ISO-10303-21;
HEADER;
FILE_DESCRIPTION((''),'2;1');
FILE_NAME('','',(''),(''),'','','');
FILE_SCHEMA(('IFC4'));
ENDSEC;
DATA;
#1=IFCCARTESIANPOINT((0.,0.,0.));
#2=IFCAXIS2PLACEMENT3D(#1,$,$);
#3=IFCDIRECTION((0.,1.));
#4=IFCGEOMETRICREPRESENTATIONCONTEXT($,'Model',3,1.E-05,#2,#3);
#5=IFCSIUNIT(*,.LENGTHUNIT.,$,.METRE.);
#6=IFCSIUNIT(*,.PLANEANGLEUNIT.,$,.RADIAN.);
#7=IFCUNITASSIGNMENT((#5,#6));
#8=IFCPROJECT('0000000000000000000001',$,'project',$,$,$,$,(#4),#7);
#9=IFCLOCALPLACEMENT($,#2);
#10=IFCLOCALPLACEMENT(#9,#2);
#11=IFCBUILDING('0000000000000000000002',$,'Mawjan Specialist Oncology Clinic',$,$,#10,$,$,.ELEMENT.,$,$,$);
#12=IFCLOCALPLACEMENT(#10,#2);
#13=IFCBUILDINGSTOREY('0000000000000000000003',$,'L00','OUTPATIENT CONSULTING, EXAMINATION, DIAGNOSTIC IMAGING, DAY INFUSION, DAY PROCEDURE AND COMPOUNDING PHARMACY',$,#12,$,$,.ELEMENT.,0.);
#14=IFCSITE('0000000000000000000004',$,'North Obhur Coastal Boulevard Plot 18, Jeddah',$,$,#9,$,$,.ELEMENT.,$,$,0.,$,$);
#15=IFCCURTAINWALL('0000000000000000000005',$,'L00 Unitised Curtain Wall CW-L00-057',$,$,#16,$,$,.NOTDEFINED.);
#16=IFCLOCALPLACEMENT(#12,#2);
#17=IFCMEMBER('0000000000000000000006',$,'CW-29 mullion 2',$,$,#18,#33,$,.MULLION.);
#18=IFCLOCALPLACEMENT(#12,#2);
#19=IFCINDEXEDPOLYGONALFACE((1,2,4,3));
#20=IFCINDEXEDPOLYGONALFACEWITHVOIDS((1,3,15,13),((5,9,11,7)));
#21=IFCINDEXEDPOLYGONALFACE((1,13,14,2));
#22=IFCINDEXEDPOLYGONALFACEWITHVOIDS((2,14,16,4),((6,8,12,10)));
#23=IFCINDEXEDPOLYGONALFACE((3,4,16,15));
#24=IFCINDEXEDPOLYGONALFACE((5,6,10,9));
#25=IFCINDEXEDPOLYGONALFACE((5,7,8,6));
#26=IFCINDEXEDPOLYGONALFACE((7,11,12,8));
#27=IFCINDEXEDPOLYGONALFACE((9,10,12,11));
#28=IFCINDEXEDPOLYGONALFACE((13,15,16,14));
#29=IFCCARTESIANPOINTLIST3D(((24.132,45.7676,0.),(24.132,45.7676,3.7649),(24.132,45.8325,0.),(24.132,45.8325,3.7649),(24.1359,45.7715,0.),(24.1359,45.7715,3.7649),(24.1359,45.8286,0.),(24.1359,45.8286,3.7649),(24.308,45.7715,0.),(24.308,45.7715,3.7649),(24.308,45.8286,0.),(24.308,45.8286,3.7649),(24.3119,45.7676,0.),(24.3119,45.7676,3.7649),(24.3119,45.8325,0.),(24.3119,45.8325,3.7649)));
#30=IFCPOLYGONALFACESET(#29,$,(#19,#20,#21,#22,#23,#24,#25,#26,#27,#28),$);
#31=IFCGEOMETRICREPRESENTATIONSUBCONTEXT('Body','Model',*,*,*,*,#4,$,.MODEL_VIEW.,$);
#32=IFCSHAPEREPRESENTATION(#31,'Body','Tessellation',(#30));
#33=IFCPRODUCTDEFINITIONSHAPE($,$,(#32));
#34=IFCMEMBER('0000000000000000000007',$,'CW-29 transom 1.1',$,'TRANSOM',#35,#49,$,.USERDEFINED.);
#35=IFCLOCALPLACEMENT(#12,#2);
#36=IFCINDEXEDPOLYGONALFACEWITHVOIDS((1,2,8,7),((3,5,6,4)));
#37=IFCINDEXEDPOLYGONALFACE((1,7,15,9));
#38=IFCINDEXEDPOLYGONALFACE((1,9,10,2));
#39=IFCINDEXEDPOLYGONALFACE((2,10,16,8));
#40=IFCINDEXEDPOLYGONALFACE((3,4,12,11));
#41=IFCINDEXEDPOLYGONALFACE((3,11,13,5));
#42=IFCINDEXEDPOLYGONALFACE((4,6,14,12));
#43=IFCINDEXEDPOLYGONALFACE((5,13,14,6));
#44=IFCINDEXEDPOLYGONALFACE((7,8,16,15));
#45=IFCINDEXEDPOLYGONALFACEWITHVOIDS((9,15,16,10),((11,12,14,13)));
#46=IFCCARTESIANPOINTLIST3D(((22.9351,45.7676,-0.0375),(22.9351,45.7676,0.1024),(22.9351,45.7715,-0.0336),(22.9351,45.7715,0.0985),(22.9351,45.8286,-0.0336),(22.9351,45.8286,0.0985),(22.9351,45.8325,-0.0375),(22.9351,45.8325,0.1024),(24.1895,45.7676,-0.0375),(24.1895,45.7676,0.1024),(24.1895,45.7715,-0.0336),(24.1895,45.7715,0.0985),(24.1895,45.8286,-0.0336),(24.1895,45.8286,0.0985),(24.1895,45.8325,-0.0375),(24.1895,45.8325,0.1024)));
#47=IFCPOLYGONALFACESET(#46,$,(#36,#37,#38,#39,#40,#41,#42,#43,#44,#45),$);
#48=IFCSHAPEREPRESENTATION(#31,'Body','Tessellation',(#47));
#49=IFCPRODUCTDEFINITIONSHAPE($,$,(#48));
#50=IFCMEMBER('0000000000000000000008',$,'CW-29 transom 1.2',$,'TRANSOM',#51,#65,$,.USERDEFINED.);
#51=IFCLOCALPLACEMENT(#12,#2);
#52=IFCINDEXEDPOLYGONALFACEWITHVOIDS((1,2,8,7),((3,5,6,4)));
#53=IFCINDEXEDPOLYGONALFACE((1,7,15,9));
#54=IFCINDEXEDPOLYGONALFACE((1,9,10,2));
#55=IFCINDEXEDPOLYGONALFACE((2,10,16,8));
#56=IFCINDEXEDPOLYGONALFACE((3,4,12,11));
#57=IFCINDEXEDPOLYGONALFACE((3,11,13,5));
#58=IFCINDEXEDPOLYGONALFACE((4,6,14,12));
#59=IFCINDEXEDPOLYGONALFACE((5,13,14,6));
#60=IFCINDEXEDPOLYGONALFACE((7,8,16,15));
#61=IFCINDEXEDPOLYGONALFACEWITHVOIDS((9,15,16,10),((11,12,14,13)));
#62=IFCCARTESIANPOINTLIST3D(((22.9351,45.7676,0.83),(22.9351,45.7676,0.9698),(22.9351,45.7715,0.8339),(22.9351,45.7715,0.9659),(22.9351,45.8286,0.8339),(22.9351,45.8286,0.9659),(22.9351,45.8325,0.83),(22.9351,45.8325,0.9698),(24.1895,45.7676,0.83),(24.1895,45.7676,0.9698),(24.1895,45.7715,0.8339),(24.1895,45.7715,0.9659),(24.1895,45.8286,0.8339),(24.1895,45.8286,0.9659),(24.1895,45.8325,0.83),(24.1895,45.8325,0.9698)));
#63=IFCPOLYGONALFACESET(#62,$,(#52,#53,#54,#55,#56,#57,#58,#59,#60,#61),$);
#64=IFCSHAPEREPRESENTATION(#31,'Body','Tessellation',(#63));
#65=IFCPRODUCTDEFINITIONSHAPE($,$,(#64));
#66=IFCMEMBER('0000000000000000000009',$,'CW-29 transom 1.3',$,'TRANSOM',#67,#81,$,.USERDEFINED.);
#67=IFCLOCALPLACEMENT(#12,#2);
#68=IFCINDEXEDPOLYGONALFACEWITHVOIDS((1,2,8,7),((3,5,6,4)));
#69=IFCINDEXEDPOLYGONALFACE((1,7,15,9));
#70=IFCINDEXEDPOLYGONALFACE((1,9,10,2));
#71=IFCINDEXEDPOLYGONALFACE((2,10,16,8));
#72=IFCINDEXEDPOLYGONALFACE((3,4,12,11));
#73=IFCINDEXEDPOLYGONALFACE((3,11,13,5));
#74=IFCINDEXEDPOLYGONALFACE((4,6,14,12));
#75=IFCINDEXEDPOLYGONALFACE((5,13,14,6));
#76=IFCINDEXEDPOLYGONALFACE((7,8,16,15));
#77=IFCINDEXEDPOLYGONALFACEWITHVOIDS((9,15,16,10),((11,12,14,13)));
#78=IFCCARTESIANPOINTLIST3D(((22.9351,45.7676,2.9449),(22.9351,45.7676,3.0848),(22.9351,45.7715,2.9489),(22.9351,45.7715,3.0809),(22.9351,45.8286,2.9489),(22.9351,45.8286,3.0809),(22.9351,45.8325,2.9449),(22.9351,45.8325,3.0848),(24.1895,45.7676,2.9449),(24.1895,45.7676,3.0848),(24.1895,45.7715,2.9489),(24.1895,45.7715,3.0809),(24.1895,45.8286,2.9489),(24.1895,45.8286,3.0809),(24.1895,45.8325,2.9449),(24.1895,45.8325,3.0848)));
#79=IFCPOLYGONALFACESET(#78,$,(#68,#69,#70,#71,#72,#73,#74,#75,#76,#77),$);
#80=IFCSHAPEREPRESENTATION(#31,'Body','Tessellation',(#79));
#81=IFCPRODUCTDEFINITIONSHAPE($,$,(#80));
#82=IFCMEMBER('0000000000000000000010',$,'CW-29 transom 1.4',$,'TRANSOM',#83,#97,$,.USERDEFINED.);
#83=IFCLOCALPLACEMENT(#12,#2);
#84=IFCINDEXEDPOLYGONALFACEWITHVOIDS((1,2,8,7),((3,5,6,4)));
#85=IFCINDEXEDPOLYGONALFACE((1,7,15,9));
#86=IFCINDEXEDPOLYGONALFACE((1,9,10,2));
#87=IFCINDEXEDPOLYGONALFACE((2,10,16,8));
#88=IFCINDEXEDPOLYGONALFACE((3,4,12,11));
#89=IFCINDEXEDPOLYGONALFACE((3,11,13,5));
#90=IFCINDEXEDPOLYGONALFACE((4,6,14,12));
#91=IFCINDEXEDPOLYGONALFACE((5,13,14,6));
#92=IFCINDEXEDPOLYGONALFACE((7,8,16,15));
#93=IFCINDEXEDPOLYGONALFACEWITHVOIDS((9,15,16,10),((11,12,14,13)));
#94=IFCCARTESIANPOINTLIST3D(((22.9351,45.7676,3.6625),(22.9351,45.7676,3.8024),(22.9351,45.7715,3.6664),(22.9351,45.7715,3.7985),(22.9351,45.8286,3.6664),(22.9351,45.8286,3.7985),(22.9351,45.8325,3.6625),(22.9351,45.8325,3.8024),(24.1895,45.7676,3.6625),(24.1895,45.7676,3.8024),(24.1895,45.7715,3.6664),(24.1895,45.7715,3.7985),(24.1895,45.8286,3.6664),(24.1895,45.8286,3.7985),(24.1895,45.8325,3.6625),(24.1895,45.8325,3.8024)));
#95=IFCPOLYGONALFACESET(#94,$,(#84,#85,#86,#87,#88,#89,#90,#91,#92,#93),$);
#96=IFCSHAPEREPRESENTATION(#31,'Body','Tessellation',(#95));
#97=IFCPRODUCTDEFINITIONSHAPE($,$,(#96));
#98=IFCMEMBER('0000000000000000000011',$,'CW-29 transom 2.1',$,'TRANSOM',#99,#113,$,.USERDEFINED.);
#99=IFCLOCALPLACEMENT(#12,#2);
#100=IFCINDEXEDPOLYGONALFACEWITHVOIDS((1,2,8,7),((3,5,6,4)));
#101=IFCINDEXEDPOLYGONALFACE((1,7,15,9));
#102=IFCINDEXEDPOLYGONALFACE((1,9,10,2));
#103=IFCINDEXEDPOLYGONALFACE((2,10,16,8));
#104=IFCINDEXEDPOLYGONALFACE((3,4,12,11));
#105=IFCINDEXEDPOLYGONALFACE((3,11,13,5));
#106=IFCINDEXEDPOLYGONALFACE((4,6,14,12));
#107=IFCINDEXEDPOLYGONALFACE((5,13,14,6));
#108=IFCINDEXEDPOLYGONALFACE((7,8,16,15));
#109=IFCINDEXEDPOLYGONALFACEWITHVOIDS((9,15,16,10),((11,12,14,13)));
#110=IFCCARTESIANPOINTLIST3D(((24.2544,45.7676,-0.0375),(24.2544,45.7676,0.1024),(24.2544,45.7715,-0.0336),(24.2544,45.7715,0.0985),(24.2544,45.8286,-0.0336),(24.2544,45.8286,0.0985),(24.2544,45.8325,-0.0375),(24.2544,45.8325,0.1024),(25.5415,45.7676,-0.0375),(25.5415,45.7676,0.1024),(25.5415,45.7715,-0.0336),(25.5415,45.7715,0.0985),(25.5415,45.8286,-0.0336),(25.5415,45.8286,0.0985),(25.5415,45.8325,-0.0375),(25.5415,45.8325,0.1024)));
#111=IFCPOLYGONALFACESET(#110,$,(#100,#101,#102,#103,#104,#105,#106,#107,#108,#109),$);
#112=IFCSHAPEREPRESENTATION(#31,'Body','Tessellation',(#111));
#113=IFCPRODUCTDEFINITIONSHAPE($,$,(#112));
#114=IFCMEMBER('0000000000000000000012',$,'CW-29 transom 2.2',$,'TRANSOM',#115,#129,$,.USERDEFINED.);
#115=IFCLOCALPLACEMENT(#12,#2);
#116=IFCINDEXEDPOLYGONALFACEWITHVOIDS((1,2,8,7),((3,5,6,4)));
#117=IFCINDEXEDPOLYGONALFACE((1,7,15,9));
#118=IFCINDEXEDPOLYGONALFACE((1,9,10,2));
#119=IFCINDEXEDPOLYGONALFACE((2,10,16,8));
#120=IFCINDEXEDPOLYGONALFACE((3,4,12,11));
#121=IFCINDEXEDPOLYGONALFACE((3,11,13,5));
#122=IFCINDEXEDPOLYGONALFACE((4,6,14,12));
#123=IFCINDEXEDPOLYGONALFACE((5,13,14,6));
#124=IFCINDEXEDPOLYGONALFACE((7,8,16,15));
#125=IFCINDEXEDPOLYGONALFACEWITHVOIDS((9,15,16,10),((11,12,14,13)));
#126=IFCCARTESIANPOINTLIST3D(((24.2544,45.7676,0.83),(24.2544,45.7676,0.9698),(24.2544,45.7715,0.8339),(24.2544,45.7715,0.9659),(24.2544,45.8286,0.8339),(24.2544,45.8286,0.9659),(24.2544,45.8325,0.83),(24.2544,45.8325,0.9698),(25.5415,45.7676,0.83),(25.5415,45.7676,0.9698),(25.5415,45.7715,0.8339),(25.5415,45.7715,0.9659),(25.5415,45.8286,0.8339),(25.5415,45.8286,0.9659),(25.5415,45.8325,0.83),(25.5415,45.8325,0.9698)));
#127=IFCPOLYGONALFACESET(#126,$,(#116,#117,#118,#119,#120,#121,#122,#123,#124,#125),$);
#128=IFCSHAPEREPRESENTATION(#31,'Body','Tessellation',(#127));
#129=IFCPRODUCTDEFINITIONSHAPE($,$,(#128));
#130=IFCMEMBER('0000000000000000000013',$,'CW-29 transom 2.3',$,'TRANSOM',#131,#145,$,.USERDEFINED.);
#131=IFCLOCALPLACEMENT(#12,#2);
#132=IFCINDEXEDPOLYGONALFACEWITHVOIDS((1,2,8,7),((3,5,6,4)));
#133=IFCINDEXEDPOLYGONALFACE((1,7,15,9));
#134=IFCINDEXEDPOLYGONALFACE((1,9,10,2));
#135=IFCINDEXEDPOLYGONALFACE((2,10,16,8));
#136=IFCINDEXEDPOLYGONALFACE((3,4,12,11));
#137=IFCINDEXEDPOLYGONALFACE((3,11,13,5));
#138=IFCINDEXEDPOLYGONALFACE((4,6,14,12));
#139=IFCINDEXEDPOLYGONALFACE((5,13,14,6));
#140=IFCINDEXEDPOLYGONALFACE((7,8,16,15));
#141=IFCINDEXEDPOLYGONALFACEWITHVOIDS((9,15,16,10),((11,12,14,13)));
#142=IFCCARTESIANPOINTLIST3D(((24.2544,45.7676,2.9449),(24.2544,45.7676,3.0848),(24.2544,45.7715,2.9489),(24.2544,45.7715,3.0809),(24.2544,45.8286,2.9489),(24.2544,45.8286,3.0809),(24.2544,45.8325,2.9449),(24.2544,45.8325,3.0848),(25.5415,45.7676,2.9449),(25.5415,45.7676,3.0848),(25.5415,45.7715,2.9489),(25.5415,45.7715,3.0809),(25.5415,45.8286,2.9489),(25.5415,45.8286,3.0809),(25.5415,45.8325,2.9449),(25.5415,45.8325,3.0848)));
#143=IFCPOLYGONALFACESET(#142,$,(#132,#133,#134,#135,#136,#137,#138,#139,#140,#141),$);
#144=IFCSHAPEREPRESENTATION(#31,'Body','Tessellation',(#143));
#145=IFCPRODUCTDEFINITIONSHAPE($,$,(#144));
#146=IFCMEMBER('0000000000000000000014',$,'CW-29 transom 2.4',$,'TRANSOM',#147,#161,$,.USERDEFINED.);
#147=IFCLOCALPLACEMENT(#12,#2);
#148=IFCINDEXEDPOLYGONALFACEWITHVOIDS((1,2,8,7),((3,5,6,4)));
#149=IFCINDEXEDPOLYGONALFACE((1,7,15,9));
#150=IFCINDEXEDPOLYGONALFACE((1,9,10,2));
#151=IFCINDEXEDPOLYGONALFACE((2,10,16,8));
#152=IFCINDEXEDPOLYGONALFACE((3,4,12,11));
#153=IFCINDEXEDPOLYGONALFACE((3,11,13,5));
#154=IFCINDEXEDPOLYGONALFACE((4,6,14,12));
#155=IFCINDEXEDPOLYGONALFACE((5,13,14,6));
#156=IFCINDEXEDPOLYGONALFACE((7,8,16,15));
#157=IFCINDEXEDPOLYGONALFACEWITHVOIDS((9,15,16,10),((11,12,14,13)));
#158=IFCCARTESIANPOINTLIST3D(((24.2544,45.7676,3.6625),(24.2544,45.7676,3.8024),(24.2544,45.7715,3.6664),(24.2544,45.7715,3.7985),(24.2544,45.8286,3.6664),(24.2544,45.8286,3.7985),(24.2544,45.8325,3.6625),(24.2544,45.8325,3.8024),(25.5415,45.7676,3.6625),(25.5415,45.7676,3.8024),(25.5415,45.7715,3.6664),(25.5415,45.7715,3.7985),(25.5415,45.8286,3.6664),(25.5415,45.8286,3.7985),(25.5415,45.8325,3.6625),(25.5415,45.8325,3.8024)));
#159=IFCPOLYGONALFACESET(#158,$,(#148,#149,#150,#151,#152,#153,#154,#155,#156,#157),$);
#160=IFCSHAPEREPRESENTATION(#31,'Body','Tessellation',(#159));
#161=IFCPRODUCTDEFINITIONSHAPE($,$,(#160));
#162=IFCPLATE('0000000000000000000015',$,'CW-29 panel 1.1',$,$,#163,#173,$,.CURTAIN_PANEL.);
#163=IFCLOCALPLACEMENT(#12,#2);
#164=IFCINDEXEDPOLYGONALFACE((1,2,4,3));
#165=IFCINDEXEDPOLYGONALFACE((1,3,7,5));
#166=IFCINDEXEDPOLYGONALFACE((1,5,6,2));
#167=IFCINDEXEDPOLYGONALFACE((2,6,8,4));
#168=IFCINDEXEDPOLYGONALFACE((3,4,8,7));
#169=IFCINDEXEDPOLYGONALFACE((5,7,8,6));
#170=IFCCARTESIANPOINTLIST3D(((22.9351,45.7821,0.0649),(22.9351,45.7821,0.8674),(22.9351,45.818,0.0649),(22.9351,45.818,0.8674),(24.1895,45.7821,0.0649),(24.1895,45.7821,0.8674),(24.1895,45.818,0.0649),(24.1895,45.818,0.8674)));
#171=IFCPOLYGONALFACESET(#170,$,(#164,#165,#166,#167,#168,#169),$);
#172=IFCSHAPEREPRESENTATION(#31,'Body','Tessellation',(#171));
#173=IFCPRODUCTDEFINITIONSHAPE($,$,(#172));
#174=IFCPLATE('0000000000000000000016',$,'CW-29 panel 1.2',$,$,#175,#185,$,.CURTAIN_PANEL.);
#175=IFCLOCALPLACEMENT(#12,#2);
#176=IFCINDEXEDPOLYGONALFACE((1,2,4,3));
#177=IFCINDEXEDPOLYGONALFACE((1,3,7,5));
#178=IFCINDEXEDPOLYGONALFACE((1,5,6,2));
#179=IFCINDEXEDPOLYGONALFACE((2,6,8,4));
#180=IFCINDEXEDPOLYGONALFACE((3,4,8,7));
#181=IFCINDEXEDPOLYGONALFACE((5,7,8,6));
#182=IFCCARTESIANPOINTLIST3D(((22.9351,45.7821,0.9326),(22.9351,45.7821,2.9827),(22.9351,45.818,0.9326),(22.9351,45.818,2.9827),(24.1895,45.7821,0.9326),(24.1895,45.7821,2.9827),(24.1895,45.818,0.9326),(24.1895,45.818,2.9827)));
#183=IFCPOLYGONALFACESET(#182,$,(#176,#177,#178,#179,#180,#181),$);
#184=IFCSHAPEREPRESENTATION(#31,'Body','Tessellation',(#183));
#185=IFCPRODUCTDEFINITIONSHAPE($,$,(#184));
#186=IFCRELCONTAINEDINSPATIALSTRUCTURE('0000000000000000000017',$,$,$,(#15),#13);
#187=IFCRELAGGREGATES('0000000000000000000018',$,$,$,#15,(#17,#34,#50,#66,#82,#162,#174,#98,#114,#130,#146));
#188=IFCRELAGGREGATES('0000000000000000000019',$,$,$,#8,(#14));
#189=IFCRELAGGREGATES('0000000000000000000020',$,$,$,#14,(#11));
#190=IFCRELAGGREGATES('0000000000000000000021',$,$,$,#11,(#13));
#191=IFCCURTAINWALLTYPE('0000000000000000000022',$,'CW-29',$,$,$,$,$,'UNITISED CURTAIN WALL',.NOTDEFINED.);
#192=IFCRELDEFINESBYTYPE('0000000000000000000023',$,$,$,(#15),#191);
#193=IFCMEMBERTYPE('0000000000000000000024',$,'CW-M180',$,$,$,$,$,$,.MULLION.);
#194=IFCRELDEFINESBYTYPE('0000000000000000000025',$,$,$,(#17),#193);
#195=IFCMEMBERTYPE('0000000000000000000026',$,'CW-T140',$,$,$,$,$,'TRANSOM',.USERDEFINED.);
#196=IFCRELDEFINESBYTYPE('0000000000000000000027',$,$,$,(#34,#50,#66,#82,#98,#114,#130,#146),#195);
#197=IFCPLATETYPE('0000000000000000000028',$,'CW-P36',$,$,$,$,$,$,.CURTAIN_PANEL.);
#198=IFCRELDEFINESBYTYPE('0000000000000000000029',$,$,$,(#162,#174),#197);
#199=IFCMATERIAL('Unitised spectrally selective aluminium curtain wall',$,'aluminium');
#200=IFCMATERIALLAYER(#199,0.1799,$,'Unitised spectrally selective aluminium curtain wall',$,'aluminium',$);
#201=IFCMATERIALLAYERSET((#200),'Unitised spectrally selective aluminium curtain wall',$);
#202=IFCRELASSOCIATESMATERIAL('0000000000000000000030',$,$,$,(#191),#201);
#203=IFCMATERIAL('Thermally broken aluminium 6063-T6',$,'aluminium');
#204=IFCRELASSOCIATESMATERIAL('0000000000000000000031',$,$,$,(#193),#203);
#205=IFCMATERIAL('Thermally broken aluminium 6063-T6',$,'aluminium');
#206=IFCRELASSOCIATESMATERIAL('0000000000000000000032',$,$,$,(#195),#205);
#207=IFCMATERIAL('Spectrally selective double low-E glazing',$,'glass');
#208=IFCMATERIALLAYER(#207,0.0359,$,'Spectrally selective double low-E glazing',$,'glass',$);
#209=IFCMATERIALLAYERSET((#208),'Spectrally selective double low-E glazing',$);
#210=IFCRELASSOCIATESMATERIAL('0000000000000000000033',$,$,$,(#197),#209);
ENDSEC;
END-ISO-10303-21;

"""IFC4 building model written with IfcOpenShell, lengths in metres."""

from ifc_helpers import new_model, si_unit, direction, frame, origin, origin_2d, place, context, subcontext, project, spatial, rectangle, hollow_rectangle, extrude, material, layer, layer_set, material_profile, profile_set, type_object, element, aggregate, save


model = new_model("IFC4")

# Units and contexts
model_context = context("Model", 3, precision=1e-05, world=origin(), true_north=direction((0.0, 1.0)))
body_context = subcontext(model_context, "Body", "Model", "MODEL_VIEW")
ifc_project = project(units=[si_unit("LENGTHUNIT", "METRE"), si_unit("PLANEANGLEUNIT", "RADIAN")], contexts=[model_context])

# Site, building, storey
site_placement = place(None, origin())
site = spatial("IfcSite", under=ifc_project, at=site_placement, Name="North Obhur Coastal Boulevard Plot 18, Jeddah", CompositionType="ELEMENT", RefElevation=0.0)
building_placement = place(site_placement, origin())
building = spatial("IfcBuilding", under=site, at=building_placement, Name="Mawjan Specialist Oncology Clinic", CompositionType="ELEMENT")
storey_placement = place(building_placement, origin())
storey = spatial("IfcBuildingStorey", under=building, at=storey_placement, Name="L00", Description="OUTPATIENT CONSULTING, EXAMINATION, DIAGNOSTIC IMAGING, DAY INFUSION, DAY PROCEDURE AND COMPOUNDING PHARMACY", CompositionType="ELEMENT", Elevation=0.0)

# Shared definitions
ifc_material_1 = material(Name="Unitised spectrally selective aluminium curtain wall", Category="aluminium")
ifc_layer_1 = layer(ifc_material_1, 0.1799, Name="Unitised spectrally selective aluminium curtain wall", Category="aluminium")
ifc_layer_set_1 = layer_set([ifc_layer_1], Name="Unitised spectrally selective aluminium curtain wall")
curtain_wall_type = type_object("IfcCurtainWallType", Name="CW-29", ElementType="UNITISED CURTAIN WALL", PredefinedType="NOTDEFINED", material=ifc_layer_set_1)
ifc_material_2 = material(Name="Thermally broken aluminium 6063-T6", Category="aluminium")
ifc_material_profile_1 = material_profile(ifc_material_2, hollow_rectangle(XDim=0.0649, YDim=0.1799, WallThickness=0.0039, at=origin_2d()), Name="ALU MULLION 180x65x4", Category="aluminium")
ifc_profile_set_1 = profile_set([ifc_material_profile_1], Name="Thermally broken aluminium 6063-T6")
member_type_1 = type_object("IfcMemberType", Name="CW-M180", PredefinedType="MULLION", material=ifc_profile_set_1)

# Curtain wall, members, plates
curtain_wall_1_placement = place(storey_placement, origin())
curtain_wall_1 = element("IfcCurtainWall", 1, at=curtain_wall_1_placement, inside=storey, type_object=curtain_wall_type, Name="L00 Unitised Curtain Wall CW-L00-057", PredefinedType="NOTDEFINED")
member_1_placement = place(storey_placement, frame((24.2219, 45.8, 0.0), z_axis=(0.0, 0.0, 1.0), x_axis=(0.0, 1.0, 0.0)))
member_1 = element("IfcMember", 2, at=member_1_placement, type_object=member_type_1, Name="CW-29 mullion 2", PredefinedType="MULLION", context=body_context, shape_type="SweptSolid", body=[
    extrude(hollow_rectangle(XDim=0.0649, YDim=0.1799, WallThickness=0.0039, at=origin_2d()), origin(), (0.0, 0.0, 1.0), 3.7649),
])
ifc_material_3 = material(Name="Thermally broken aluminium 6063-T6", Category="aluminium")
ifc_material_profile_2 = material_profile(ifc_material_3, hollow_rectangle(XDim=0.0649, YDim=0.1399, WallThickness=0.0039, at=origin_2d()), Name="ALU TRANSOM 140x65x4", Category="aluminium")
ifc_profile_set_2 = profile_set([ifc_material_profile_2], Name="Thermally broken aluminium 6063-T6")
member_type_2 = type_object("IfcMemberType", Name="CW-T140", ElementType="TRANSOM", PredefinedType="USERDEFINED", material=ifc_profile_set_2)
member_2_placement = place(storey_placement, frame((22.9351, 45.8, 0.0325), z_axis=(1.0, 0.0, 0.0), x_axis=(0.0, 1.0, 0.0)))
member_2 = element("IfcMember", 3, at=member_2_placement, type_object=member_type_2, Name="CW-29 transom 1.1", ObjectType="TRANSOM", PredefinedType="USERDEFINED", context=body_context, shape_type="SweptSolid", body=[
    extrude(hollow_rectangle(XDim=0.0649, YDim=0.1399, WallThickness=0.0039, at=origin_2d()), origin(), (0.0, 0.0, 1.0), 1.2544),
])
member_3_placement = place(storey_placement, frame((22.9351, 45.8, 0.8999), z_axis=(1.0, 0.0, 0.0), x_axis=(0.0, 1.0, 0.0)))
member_3 = element("IfcMember", 4, at=member_3_placement, type_object=member_type_2, Name="CW-29 transom 1.2", ObjectType="TRANSOM", PredefinedType="USERDEFINED", context=body_context, shape_type="SweptSolid", body=[
    extrude(hollow_rectangle(XDim=0.0649, YDim=0.1399, WallThickness=0.0039, at=origin_2d()), origin(), (0.0, 0.0, 1.0), 1.2544),
])
member_4_placement = place(storey_placement, frame((22.9351, 45.8, 3.0149), z_axis=(1.0, 0.0, 0.0), x_axis=(0.0, 1.0, 0.0)))
member_4 = element("IfcMember", 5, at=member_4_placement, type_object=member_type_2, Name="CW-29 transom 1.3", ObjectType="TRANSOM", PredefinedType="USERDEFINED", context=body_context, shape_type="SweptSolid", body=[
    extrude(hollow_rectangle(XDim=0.0649, YDim=0.1399, WallThickness=0.0039, at=origin_2d()), origin(), (0.0, 0.0, 1.0), 1.2544),
])
member_5_placement = place(storey_placement, frame((22.9351, 45.8, 3.7324), z_axis=(1.0, 0.0, 0.0), x_axis=(0.0, 1.0, 0.0)))
member_5 = element("IfcMember", 6, at=member_5_placement, type_object=member_type_2, Name="CW-29 transom 1.4", ObjectType="TRANSOM", PredefinedType="USERDEFINED", context=body_context, shape_type="SweptSolid", body=[
    extrude(hollow_rectangle(XDim=0.0649, YDim=0.1399, WallThickness=0.0039, at=origin_2d()), origin(), (0.0, 0.0, 1.0), 1.2544),
])
member_6_placement = place(storey_placement, frame((24.2544, 45.8, 0.0325), z_axis=(1.0, 0.0, 0.0), x_axis=(0.0, 1.0, 0.0)))
member_6 = element("IfcMember", 7, at=member_6_placement, type_object=member_type_2, Name="CW-29 transom 2.1", ObjectType="TRANSOM", PredefinedType="USERDEFINED", context=body_context, shape_type="SweptSolid", body=[
    extrude(hollow_rectangle(XDim=0.0649, YDim=0.1399, WallThickness=0.0039, at=origin_2d()), origin(), (0.0, 0.0, 1.0), 1.2871),
])
member_7_placement = place(storey_placement, frame((24.2544, 45.8, 0.8999), z_axis=(1.0, 0.0, 0.0), x_axis=(0.0, 1.0, 0.0)))
member_7 = element("IfcMember", 8, at=member_7_placement, type_object=member_type_2, Name="CW-29 transom 2.2", ObjectType="TRANSOM", PredefinedType="USERDEFINED", context=body_context, shape_type="SweptSolid", body=[
    extrude(hollow_rectangle(XDim=0.0649, YDim=0.1399, WallThickness=0.0039, at=origin_2d()), origin(), (0.0, 0.0, 1.0), 1.2871),
])
member_8_placement = place(storey_placement, frame((24.2544, 45.8, 3.0149), z_axis=(1.0, 0.0, 0.0), x_axis=(0.0, 1.0, 0.0)))
member_8 = element("IfcMember", 9, at=member_8_placement, type_object=member_type_2, Name="CW-29 transom 2.3", ObjectType="TRANSOM", PredefinedType="USERDEFINED", context=body_context, shape_type="SweptSolid", body=[
    extrude(hollow_rectangle(XDim=0.0649, YDim=0.1399, WallThickness=0.0039, at=origin_2d()), origin(), (0.0, 0.0, 1.0), 1.2871),
])
member_9_placement = place(storey_placement, frame((24.2544, 45.8, 3.7324), z_axis=(1.0, 0.0, 0.0), x_axis=(0.0, 1.0, 0.0)))
member_9 = element("IfcMember", 10, at=member_9_placement, type_object=member_type_2, Name="CW-29 transom 2.4", ObjectType="TRANSOM", PredefinedType="USERDEFINED", context=body_context, shape_type="SweptSolid", body=[
    extrude(hollow_rectangle(XDim=0.0649, YDim=0.1399, WallThickness=0.0039, at=origin_2d()), origin(), (0.0, 0.0, 1.0), 1.2871),
])
ifc_material_4 = material(Name="Spectrally selective double low-E glazing", Category="glass")
ifc_layer_2 = layer(ifc_material_4, 0.0359, Name="Spectrally selective double low-E glazing", Category="glass")
ifc_layer_set_2 = layer_set([ifc_layer_2], Name="Spectrally selective double low-E glazing")
plate_type = type_object("IfcPlateType", Name="CW-P36", PredefinedType="CURTAIN_PANEL", material=ifc_layer_set_2)
plate_1_placement = place(storey_placement, frame((23.5623, 45.8, 0.0649), z_axis=(0.0, 0.0, 1.0), x_axis=(1.0, 0.0, 0.0)))
plate_1 = element("IfcPlate", 11, at=plate_1_placement, type_object=plate_type, Name="CW-29 panel 1.1", PredefinedType="CURTAIN_PANEL", context=body_context, shape_type="SweptSolid", body=[
    extrude(rectangle(XDim=1.2544, YDim=0.0359, at=origin_2d()), origin(), (0.0, 0.0, 1.0), 0.8025),
])
plate_2_placement = place(storey_placement, frame((23.5623, 45.8, 0.9326), z_axis=(0.0, 0.0, 1.0), x_axis=(1.0, 0.0, 0.0)))
plate_2 = element("IfcPlate", 12, at=plate_2_placement, type_object=plate_type, Name="CW-29 panel 1.2", PredefinedType="CURTAIN_PANEL", context=body_context, shape_type="SweptSolid", body=[
    extrude(rectangle(XDim=1.2544, YDim=0.0359, at=origin_2d()), origin(), (0.0, 0.0, 1.0), 2.05),
])
aggregate(curtain_wall_1, [member_1, member_2, member_3, member_4, member_5, plate_1, plate_2, member_6, member_7, member_8, member_9])

save(model, "model.ifc")
